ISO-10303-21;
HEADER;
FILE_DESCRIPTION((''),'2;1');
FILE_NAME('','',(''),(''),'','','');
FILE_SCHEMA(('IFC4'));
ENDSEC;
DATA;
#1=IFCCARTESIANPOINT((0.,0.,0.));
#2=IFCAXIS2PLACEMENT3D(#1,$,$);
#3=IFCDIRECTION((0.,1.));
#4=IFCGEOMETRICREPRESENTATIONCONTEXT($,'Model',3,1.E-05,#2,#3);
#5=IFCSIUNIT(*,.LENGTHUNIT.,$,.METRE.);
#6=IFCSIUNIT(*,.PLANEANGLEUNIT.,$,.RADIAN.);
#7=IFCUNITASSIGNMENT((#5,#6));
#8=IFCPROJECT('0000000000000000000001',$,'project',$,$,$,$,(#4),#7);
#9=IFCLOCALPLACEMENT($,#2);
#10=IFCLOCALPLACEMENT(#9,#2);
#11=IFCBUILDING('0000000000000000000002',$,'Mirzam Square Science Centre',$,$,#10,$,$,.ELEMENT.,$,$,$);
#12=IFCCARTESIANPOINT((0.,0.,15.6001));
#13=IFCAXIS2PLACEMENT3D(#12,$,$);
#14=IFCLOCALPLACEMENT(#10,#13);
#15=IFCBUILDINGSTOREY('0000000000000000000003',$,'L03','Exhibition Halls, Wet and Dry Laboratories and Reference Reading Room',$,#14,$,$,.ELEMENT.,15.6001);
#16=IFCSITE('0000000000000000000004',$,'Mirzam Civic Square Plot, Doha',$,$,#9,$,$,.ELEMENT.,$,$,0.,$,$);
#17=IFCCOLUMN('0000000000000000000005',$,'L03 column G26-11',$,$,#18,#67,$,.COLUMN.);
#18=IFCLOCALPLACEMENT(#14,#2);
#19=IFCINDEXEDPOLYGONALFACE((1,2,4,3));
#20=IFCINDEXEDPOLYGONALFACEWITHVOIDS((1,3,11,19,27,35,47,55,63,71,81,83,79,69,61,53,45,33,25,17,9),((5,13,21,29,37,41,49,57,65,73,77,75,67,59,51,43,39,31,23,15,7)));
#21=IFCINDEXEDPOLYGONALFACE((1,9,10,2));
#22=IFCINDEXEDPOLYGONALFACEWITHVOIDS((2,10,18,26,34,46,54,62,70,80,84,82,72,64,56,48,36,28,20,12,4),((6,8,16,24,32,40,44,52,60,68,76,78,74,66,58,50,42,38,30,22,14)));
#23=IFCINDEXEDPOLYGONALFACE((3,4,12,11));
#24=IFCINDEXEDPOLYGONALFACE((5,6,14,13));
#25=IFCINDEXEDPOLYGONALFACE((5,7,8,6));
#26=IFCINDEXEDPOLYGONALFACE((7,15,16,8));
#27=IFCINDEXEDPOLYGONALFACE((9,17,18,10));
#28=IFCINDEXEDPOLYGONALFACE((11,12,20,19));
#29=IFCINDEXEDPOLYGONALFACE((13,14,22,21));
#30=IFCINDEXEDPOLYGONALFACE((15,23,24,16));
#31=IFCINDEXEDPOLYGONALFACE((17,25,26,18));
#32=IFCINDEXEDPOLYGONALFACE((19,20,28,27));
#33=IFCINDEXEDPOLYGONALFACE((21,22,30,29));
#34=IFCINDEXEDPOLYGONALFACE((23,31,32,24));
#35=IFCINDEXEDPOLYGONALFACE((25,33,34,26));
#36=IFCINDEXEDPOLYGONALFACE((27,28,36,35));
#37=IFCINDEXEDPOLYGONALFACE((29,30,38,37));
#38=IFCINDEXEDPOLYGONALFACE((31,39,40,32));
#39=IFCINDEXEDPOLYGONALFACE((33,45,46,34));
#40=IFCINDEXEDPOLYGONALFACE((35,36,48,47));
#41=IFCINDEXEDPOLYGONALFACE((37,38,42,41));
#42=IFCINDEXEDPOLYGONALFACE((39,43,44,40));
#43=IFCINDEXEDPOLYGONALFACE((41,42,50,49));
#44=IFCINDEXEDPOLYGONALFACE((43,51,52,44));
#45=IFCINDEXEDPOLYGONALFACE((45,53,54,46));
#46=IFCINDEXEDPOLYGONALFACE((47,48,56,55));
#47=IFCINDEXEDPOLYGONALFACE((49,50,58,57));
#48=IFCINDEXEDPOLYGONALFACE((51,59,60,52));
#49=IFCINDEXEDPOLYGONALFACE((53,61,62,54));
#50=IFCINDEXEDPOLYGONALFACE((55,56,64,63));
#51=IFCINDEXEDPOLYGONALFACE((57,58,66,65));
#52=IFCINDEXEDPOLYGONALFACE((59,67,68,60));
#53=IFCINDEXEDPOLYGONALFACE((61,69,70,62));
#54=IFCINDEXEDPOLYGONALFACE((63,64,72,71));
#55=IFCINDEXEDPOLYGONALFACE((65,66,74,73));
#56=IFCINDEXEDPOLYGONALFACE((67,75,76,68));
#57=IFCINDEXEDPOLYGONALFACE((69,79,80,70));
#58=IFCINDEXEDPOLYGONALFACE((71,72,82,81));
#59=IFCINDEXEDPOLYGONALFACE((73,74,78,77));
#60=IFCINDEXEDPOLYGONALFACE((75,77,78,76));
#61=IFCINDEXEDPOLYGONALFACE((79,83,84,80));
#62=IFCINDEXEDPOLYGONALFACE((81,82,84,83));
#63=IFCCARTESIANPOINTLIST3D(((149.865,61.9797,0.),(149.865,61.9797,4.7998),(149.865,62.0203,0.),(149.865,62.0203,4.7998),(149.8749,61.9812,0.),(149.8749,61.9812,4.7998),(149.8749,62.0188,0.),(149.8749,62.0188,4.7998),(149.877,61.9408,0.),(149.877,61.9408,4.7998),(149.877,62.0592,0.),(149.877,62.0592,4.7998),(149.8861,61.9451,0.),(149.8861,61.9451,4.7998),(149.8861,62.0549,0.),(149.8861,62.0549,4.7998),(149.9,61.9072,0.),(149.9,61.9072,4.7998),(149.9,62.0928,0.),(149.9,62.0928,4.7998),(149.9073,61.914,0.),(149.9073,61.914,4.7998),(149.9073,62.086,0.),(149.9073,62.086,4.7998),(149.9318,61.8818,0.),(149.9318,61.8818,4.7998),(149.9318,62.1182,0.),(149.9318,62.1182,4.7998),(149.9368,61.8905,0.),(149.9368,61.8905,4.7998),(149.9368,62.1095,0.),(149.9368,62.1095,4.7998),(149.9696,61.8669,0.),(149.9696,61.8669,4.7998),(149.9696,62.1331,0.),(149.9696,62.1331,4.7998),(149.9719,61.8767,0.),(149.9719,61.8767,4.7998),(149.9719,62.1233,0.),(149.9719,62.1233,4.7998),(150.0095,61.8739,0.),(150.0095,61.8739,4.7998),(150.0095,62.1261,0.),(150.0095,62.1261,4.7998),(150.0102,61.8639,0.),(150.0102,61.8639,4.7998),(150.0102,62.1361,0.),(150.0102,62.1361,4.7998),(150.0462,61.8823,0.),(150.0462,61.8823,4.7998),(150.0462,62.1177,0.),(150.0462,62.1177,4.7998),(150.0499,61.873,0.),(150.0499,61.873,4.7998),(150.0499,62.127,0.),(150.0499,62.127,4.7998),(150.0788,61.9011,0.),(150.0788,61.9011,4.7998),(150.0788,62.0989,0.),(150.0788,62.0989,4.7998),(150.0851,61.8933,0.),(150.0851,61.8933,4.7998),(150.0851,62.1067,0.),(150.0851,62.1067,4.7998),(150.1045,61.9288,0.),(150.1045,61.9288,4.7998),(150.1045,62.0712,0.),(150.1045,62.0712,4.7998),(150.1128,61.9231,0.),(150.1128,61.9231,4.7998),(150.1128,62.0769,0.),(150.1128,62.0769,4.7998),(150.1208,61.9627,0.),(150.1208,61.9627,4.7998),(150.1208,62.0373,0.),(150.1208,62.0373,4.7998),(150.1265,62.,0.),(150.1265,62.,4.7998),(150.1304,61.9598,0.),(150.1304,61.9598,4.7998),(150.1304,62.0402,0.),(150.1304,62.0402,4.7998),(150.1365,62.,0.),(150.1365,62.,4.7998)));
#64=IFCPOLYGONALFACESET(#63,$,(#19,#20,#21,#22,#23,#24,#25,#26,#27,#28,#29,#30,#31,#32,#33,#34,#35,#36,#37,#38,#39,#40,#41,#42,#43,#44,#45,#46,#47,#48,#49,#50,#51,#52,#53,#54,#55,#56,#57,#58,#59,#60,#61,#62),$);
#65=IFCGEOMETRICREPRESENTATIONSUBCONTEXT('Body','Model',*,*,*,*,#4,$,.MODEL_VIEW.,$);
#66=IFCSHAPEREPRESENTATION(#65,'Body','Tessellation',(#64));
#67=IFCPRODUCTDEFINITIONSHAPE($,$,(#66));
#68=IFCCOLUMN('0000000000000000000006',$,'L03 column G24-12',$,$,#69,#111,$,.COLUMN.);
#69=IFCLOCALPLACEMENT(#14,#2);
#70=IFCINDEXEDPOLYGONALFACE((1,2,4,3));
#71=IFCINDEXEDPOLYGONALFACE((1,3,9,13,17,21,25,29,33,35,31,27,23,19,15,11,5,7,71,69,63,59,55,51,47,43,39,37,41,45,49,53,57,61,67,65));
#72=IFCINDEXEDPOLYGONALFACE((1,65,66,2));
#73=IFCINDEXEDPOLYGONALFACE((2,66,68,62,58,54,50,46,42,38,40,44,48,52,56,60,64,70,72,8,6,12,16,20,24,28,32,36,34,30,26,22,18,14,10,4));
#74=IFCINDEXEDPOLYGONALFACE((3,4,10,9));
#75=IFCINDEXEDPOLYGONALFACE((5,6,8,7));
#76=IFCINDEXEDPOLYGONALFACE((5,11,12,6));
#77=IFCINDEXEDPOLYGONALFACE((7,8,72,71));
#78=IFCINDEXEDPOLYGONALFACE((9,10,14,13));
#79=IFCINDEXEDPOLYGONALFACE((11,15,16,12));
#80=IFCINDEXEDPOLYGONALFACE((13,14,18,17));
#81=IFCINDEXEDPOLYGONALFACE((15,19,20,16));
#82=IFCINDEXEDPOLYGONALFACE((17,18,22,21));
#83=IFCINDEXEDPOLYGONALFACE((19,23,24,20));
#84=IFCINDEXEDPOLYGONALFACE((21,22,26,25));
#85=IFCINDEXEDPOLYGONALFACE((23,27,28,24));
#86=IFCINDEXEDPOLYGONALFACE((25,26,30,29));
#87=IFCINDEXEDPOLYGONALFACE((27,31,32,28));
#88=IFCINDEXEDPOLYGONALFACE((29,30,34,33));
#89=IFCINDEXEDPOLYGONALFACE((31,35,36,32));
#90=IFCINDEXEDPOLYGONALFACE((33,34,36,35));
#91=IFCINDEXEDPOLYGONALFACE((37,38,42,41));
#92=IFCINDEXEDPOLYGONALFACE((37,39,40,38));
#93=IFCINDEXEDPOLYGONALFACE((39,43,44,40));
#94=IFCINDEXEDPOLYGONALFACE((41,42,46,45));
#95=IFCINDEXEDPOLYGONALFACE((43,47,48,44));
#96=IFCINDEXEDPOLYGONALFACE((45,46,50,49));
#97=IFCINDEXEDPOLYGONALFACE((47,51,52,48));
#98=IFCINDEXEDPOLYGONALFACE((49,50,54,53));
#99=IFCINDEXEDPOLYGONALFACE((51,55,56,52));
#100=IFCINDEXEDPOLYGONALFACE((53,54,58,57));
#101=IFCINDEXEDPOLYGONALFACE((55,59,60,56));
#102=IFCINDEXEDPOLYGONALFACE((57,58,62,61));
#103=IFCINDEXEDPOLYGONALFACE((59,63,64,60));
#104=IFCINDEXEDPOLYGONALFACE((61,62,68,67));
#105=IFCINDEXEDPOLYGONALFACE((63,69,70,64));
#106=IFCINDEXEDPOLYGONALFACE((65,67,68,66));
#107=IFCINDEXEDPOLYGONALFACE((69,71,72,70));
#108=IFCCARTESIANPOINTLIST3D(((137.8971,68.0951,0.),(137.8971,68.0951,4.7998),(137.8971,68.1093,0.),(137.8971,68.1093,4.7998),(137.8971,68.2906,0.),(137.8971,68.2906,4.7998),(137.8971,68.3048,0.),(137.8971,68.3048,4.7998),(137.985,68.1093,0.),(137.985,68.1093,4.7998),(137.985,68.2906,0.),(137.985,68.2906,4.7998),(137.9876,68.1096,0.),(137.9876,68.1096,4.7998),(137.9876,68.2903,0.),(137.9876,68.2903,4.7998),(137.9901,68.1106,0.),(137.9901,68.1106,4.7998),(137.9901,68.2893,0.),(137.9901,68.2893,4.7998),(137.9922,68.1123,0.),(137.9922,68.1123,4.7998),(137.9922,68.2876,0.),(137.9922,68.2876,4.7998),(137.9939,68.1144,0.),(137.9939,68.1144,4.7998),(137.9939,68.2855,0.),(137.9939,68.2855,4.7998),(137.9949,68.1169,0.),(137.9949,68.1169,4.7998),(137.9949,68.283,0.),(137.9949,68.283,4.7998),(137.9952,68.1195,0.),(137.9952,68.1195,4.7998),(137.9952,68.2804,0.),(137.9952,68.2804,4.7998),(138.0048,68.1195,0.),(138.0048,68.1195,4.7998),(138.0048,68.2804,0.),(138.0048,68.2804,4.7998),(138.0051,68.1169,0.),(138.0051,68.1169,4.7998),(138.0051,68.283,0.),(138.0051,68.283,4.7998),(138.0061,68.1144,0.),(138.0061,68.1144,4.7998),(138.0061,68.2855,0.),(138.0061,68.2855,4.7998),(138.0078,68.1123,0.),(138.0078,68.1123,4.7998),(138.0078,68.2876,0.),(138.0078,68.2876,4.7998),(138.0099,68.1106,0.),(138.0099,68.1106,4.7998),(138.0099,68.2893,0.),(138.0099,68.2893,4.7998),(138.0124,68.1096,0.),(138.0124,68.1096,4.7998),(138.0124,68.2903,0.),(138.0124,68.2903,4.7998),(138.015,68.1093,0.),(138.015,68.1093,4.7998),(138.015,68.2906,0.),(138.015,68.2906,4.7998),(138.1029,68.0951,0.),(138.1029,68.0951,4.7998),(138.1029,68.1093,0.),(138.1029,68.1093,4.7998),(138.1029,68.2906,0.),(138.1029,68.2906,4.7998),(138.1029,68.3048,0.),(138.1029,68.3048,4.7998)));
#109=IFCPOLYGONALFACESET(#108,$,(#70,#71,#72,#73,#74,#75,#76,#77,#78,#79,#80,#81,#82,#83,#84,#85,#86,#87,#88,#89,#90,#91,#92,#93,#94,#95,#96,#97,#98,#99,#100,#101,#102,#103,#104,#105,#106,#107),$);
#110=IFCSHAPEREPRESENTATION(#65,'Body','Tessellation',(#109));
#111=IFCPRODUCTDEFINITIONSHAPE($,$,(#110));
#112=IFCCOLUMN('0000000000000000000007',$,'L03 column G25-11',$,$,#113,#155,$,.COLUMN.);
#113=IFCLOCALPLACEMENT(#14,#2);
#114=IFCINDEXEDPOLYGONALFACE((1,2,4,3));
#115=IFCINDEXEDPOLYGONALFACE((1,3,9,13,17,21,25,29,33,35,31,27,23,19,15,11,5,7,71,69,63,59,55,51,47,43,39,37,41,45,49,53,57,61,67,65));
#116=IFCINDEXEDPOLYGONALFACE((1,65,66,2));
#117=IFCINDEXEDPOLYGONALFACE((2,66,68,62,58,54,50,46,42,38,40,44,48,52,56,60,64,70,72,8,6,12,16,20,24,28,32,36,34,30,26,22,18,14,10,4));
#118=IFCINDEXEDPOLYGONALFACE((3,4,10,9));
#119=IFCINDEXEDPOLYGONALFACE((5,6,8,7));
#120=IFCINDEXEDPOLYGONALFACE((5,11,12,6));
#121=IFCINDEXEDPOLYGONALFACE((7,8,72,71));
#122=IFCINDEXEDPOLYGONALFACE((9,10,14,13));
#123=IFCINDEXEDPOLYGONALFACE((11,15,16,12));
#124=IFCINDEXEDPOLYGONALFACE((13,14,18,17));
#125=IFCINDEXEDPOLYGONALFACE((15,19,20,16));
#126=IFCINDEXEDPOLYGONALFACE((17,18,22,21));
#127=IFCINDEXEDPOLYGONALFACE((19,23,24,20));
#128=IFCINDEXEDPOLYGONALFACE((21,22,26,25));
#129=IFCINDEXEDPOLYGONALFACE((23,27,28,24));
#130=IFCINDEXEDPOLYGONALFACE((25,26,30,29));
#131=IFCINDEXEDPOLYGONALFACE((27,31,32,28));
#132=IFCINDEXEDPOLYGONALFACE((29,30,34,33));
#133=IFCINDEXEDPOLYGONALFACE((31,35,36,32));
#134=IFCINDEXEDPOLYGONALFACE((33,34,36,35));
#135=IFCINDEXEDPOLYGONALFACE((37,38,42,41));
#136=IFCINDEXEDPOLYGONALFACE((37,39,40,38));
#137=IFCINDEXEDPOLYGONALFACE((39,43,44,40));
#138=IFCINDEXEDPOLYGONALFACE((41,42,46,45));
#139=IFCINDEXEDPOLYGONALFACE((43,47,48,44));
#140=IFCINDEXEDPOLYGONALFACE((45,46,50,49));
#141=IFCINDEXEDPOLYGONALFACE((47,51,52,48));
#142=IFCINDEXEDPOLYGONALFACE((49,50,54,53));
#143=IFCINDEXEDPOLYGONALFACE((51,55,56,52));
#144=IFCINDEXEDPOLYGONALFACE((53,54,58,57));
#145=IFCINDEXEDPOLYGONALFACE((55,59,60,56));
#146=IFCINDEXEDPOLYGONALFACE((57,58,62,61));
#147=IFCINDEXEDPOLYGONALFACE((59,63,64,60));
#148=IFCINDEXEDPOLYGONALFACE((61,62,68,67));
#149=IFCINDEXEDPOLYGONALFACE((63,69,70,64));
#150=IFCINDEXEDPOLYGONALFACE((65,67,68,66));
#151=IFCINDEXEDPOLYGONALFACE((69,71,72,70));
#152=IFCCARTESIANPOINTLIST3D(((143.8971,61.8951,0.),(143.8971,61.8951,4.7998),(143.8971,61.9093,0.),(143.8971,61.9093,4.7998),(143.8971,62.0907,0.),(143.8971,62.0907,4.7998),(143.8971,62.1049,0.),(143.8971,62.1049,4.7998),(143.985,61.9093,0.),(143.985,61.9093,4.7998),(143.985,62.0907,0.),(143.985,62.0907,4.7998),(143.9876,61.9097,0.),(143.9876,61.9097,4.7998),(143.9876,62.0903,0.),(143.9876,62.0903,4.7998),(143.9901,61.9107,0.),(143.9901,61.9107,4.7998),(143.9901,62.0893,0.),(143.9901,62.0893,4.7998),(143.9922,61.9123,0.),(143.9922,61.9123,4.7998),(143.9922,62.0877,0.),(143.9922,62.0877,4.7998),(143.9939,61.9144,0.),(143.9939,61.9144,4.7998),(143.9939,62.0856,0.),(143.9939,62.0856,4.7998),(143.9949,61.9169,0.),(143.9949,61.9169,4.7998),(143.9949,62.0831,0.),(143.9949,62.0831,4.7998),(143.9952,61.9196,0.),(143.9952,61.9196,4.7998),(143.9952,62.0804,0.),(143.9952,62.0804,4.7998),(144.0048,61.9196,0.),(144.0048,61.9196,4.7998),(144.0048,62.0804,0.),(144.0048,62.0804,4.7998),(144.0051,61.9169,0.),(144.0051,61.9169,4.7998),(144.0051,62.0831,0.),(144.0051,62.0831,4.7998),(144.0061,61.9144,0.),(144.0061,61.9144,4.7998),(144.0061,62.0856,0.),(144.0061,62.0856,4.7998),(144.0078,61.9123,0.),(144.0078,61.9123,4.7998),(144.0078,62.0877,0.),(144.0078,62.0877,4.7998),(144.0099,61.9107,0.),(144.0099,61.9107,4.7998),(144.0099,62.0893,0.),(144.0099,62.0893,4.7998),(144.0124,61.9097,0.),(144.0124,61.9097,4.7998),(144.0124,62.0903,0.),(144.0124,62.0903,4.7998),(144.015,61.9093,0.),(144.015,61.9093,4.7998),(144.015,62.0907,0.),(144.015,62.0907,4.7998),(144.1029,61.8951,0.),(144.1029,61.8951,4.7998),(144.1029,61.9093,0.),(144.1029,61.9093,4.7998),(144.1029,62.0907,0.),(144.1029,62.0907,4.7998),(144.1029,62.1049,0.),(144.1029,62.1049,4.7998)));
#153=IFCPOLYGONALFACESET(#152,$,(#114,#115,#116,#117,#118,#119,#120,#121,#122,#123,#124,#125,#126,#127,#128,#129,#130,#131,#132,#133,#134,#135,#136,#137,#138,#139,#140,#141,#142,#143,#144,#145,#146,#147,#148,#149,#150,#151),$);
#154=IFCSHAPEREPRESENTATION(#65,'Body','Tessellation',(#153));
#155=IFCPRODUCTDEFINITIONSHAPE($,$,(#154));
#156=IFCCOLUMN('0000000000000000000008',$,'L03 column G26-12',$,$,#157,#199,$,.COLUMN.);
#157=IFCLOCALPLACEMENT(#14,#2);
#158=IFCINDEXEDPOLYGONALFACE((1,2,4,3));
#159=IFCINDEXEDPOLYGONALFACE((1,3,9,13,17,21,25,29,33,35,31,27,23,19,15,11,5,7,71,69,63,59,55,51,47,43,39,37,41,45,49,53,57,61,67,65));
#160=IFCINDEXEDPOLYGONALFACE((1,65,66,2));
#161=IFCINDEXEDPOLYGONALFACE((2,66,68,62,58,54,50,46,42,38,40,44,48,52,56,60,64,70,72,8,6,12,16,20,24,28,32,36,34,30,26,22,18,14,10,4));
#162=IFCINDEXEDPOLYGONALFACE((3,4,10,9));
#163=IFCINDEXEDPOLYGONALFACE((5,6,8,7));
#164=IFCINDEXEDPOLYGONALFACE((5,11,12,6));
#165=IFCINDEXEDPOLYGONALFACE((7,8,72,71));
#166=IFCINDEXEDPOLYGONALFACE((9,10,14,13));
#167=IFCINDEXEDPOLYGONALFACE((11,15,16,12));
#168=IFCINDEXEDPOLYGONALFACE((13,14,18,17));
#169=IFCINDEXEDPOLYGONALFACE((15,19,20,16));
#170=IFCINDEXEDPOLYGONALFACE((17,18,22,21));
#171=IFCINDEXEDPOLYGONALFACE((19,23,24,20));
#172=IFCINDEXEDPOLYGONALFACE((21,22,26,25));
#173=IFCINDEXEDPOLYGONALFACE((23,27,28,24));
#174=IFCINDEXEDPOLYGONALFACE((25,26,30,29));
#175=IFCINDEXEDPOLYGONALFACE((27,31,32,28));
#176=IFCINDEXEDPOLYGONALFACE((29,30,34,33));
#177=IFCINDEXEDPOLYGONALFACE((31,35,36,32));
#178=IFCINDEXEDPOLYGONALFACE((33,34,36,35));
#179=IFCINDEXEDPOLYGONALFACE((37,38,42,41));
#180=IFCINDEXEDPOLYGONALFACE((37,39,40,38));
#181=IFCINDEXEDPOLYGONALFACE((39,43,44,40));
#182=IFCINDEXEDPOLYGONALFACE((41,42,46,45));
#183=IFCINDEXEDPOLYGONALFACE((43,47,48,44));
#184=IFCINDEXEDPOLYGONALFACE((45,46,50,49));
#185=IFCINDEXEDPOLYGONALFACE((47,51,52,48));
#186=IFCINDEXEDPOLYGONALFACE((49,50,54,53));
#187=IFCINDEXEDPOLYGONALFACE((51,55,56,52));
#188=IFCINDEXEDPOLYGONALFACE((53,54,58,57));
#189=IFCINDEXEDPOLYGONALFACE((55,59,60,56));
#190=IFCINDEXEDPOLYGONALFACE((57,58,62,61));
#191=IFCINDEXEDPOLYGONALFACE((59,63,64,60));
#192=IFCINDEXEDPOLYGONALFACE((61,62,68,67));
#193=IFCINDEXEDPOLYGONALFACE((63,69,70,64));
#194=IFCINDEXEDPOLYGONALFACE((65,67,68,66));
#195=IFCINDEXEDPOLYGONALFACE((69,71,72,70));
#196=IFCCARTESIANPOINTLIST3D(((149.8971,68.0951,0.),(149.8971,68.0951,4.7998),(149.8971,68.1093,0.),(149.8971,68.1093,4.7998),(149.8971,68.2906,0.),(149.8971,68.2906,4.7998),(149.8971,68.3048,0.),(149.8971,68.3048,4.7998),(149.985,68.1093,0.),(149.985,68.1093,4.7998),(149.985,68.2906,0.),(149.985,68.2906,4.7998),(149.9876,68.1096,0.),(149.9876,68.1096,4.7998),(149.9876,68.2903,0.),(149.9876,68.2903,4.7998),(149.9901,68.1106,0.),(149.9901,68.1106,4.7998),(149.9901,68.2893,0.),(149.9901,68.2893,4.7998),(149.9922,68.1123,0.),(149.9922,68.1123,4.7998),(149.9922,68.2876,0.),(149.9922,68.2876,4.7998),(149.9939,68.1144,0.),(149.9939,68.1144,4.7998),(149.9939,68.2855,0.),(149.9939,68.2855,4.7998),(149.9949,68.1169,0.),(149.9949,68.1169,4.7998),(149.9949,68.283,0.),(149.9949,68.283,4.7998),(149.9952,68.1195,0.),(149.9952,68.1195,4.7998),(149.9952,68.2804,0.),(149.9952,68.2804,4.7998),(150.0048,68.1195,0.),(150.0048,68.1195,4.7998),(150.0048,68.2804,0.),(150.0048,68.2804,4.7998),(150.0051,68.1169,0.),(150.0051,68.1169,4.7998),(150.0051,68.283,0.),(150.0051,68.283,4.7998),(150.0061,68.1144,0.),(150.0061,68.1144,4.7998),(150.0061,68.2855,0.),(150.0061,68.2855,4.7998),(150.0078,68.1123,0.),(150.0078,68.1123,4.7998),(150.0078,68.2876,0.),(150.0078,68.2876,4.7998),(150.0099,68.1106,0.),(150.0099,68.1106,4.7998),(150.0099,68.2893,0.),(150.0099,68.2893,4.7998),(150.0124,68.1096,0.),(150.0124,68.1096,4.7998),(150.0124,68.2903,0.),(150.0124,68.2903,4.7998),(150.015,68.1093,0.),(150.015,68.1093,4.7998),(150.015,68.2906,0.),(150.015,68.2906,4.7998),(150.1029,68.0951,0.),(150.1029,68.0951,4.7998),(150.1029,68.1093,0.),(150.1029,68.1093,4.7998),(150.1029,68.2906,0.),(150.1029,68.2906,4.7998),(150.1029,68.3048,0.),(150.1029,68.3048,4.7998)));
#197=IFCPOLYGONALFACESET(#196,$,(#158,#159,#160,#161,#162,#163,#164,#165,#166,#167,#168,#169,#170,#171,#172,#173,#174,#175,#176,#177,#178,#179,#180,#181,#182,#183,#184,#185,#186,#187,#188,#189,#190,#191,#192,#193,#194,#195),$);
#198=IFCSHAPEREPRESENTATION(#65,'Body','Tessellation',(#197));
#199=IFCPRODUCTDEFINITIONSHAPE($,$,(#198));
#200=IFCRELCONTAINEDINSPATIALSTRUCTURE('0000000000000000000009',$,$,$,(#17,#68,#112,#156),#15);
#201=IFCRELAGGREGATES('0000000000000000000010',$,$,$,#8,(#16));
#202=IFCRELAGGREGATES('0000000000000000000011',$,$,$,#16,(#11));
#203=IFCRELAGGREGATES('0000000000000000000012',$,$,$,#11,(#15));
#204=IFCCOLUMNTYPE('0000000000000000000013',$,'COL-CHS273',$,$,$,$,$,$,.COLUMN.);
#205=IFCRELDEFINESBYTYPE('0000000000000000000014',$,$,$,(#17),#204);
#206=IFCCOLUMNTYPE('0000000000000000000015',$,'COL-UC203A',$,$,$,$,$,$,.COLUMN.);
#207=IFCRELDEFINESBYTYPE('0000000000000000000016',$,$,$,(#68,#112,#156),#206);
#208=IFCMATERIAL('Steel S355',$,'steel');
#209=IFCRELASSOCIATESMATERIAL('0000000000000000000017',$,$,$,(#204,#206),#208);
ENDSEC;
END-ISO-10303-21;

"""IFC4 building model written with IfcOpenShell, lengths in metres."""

from ifc_helpers import new_model, si_unit, direction, frame, origin, origin_2d, place, context, subcontext, project, spatial, hollow_circle, i_section, extrude, material, material_profile, profile_set, type_object, element, save


model = new_model("IFC4")

# Units and contexts
model_context = context("Model", 3, precision=1e-05, world=origin(), true_north=direction((0.0, 1.0)))
body_context = subcontext(model_context, "Body", "Model", "MODEL_VIEW")
ifc_project = project(units=[si_unit("LENGTHUNIT", "METRE"), si_unit("PLANEANGLEUNIT", "RADIAN")], contexts=[model_context])

# Site, building, storey
site_placement = place(None, origin())
site = spatial("IfcSite", under=ifc_project, at=site_placement, Name="Mirzam Civic Square Plot, Doha", CompositionType="ELEMENT", RefElevation=0.0)
building_placement = place(site_placement, origin())
building = spatial("IfcBuilding", under=site, at=building_placement, Name="Mirzam Square Science Centre", CompositionType="ELEMENT")
storey_placement = place(building_placement, frame((0.0, 0.0, 15.6001)))
storey = spatial("IfcBuildingStorey", under=building, at=storey_placement, Name="L03", Description="Exhibition Halls, Wet and Dry Laboratories and Reference Reading Room", CompositionType="ELEMENT", Elevation=15.6001)

# Columns
ifc_material_1 = material(Name="Steel S355", Category="steel")
ifc_material_profile_1 = material_profile(ifc_material_1, hollow_circle(Radius=0.1365, WallThickness=0.01, at=origin_2d()), Name="273.0x10.0CHS")
ifc_profile_set_1 = profile_set([ifc_material_profile_1], Name="Steel S355")
column_type_1 = type_object("IfcColumnType", Name="COL-CHS273", PredefinedType="COLUMN", material=ifc_profile_set_1)
for number, where, z_axis, x_axis, name in (
    (1, (150.0, 62.0, 0.0), (0.0, 0.0, 1.0), (1.0, 0.0, 0.0), "L03 column G26-11"),
):
    element("IfcColumn", number, at=place(storey_placement, frame(where, z_axis=z_axis, x_axis=x_axis)), inside=storey, type_object=column_type_1, Name=name, PredefinedType="COLUMN", context=body_context, shape_type="SweptSolid", body=[
        extrude(hollow_circle(Radius=0.1365, WallThickness=0.01, at=origin_2d()), origin(), (0.0, 0.0, 1.0), 4.7998),
    ])
ifc_material_profile_2 = material_profile(ifc_material_1, i_section(OverallWidth=0.2058, OverallDepth=0.2097, WebThickness=0.0095, FlangeThickness=0.0142, FilletRadius=0.0103, at=origin_2d()), Name="203x203x60UC")
ifc_profile_set_2 = profile_set([ifc_material_profile_2], Name="Steel S355")
column_type_2 = type_object("IfcColumnType", Name="COL-UC203A", PredefinedType="COLUMN", material=ifc_profile_set_2)
for number, where, z_axis, x_axis, name in (
    (2, (138.0, 68.2, 0.0), (0.0, 0.0, 1.0), (1.0, 0.0, 0.0), "L03 column G24-12"),
    (3, (144.0, 62.0, 0.0), (0.0, 0.0, 1.0), (1.0, 0.0, 0.0), "L03 column G25-11"),
    (4, (150.0, 68.2, 0.0), (0.0, 0.0, 1.0), (1.0, 0.0, 0.0), "L03 column G26-12"),
):
    element("IfcColumn", number, at=place(storey_placement, frame(where, z_axis=z_axis, x_axis=x_axis)), inside=storey, type_object=column_type_2, Name=name, PredefinedType="COLUMN", context=body_context, shape_type="SweptSolid", body=[
        extrude(i_section(OverallWidth=0.2058, OverallDepth=0.2097, WebThickness=0.0095, FlangeThickness=0.0142, FilletRadius=0.0103, at=origin_2d()), origin(), (0.0, 0.0, 1.0), 4.7998),
    ])

save(model, "model.ifc")
